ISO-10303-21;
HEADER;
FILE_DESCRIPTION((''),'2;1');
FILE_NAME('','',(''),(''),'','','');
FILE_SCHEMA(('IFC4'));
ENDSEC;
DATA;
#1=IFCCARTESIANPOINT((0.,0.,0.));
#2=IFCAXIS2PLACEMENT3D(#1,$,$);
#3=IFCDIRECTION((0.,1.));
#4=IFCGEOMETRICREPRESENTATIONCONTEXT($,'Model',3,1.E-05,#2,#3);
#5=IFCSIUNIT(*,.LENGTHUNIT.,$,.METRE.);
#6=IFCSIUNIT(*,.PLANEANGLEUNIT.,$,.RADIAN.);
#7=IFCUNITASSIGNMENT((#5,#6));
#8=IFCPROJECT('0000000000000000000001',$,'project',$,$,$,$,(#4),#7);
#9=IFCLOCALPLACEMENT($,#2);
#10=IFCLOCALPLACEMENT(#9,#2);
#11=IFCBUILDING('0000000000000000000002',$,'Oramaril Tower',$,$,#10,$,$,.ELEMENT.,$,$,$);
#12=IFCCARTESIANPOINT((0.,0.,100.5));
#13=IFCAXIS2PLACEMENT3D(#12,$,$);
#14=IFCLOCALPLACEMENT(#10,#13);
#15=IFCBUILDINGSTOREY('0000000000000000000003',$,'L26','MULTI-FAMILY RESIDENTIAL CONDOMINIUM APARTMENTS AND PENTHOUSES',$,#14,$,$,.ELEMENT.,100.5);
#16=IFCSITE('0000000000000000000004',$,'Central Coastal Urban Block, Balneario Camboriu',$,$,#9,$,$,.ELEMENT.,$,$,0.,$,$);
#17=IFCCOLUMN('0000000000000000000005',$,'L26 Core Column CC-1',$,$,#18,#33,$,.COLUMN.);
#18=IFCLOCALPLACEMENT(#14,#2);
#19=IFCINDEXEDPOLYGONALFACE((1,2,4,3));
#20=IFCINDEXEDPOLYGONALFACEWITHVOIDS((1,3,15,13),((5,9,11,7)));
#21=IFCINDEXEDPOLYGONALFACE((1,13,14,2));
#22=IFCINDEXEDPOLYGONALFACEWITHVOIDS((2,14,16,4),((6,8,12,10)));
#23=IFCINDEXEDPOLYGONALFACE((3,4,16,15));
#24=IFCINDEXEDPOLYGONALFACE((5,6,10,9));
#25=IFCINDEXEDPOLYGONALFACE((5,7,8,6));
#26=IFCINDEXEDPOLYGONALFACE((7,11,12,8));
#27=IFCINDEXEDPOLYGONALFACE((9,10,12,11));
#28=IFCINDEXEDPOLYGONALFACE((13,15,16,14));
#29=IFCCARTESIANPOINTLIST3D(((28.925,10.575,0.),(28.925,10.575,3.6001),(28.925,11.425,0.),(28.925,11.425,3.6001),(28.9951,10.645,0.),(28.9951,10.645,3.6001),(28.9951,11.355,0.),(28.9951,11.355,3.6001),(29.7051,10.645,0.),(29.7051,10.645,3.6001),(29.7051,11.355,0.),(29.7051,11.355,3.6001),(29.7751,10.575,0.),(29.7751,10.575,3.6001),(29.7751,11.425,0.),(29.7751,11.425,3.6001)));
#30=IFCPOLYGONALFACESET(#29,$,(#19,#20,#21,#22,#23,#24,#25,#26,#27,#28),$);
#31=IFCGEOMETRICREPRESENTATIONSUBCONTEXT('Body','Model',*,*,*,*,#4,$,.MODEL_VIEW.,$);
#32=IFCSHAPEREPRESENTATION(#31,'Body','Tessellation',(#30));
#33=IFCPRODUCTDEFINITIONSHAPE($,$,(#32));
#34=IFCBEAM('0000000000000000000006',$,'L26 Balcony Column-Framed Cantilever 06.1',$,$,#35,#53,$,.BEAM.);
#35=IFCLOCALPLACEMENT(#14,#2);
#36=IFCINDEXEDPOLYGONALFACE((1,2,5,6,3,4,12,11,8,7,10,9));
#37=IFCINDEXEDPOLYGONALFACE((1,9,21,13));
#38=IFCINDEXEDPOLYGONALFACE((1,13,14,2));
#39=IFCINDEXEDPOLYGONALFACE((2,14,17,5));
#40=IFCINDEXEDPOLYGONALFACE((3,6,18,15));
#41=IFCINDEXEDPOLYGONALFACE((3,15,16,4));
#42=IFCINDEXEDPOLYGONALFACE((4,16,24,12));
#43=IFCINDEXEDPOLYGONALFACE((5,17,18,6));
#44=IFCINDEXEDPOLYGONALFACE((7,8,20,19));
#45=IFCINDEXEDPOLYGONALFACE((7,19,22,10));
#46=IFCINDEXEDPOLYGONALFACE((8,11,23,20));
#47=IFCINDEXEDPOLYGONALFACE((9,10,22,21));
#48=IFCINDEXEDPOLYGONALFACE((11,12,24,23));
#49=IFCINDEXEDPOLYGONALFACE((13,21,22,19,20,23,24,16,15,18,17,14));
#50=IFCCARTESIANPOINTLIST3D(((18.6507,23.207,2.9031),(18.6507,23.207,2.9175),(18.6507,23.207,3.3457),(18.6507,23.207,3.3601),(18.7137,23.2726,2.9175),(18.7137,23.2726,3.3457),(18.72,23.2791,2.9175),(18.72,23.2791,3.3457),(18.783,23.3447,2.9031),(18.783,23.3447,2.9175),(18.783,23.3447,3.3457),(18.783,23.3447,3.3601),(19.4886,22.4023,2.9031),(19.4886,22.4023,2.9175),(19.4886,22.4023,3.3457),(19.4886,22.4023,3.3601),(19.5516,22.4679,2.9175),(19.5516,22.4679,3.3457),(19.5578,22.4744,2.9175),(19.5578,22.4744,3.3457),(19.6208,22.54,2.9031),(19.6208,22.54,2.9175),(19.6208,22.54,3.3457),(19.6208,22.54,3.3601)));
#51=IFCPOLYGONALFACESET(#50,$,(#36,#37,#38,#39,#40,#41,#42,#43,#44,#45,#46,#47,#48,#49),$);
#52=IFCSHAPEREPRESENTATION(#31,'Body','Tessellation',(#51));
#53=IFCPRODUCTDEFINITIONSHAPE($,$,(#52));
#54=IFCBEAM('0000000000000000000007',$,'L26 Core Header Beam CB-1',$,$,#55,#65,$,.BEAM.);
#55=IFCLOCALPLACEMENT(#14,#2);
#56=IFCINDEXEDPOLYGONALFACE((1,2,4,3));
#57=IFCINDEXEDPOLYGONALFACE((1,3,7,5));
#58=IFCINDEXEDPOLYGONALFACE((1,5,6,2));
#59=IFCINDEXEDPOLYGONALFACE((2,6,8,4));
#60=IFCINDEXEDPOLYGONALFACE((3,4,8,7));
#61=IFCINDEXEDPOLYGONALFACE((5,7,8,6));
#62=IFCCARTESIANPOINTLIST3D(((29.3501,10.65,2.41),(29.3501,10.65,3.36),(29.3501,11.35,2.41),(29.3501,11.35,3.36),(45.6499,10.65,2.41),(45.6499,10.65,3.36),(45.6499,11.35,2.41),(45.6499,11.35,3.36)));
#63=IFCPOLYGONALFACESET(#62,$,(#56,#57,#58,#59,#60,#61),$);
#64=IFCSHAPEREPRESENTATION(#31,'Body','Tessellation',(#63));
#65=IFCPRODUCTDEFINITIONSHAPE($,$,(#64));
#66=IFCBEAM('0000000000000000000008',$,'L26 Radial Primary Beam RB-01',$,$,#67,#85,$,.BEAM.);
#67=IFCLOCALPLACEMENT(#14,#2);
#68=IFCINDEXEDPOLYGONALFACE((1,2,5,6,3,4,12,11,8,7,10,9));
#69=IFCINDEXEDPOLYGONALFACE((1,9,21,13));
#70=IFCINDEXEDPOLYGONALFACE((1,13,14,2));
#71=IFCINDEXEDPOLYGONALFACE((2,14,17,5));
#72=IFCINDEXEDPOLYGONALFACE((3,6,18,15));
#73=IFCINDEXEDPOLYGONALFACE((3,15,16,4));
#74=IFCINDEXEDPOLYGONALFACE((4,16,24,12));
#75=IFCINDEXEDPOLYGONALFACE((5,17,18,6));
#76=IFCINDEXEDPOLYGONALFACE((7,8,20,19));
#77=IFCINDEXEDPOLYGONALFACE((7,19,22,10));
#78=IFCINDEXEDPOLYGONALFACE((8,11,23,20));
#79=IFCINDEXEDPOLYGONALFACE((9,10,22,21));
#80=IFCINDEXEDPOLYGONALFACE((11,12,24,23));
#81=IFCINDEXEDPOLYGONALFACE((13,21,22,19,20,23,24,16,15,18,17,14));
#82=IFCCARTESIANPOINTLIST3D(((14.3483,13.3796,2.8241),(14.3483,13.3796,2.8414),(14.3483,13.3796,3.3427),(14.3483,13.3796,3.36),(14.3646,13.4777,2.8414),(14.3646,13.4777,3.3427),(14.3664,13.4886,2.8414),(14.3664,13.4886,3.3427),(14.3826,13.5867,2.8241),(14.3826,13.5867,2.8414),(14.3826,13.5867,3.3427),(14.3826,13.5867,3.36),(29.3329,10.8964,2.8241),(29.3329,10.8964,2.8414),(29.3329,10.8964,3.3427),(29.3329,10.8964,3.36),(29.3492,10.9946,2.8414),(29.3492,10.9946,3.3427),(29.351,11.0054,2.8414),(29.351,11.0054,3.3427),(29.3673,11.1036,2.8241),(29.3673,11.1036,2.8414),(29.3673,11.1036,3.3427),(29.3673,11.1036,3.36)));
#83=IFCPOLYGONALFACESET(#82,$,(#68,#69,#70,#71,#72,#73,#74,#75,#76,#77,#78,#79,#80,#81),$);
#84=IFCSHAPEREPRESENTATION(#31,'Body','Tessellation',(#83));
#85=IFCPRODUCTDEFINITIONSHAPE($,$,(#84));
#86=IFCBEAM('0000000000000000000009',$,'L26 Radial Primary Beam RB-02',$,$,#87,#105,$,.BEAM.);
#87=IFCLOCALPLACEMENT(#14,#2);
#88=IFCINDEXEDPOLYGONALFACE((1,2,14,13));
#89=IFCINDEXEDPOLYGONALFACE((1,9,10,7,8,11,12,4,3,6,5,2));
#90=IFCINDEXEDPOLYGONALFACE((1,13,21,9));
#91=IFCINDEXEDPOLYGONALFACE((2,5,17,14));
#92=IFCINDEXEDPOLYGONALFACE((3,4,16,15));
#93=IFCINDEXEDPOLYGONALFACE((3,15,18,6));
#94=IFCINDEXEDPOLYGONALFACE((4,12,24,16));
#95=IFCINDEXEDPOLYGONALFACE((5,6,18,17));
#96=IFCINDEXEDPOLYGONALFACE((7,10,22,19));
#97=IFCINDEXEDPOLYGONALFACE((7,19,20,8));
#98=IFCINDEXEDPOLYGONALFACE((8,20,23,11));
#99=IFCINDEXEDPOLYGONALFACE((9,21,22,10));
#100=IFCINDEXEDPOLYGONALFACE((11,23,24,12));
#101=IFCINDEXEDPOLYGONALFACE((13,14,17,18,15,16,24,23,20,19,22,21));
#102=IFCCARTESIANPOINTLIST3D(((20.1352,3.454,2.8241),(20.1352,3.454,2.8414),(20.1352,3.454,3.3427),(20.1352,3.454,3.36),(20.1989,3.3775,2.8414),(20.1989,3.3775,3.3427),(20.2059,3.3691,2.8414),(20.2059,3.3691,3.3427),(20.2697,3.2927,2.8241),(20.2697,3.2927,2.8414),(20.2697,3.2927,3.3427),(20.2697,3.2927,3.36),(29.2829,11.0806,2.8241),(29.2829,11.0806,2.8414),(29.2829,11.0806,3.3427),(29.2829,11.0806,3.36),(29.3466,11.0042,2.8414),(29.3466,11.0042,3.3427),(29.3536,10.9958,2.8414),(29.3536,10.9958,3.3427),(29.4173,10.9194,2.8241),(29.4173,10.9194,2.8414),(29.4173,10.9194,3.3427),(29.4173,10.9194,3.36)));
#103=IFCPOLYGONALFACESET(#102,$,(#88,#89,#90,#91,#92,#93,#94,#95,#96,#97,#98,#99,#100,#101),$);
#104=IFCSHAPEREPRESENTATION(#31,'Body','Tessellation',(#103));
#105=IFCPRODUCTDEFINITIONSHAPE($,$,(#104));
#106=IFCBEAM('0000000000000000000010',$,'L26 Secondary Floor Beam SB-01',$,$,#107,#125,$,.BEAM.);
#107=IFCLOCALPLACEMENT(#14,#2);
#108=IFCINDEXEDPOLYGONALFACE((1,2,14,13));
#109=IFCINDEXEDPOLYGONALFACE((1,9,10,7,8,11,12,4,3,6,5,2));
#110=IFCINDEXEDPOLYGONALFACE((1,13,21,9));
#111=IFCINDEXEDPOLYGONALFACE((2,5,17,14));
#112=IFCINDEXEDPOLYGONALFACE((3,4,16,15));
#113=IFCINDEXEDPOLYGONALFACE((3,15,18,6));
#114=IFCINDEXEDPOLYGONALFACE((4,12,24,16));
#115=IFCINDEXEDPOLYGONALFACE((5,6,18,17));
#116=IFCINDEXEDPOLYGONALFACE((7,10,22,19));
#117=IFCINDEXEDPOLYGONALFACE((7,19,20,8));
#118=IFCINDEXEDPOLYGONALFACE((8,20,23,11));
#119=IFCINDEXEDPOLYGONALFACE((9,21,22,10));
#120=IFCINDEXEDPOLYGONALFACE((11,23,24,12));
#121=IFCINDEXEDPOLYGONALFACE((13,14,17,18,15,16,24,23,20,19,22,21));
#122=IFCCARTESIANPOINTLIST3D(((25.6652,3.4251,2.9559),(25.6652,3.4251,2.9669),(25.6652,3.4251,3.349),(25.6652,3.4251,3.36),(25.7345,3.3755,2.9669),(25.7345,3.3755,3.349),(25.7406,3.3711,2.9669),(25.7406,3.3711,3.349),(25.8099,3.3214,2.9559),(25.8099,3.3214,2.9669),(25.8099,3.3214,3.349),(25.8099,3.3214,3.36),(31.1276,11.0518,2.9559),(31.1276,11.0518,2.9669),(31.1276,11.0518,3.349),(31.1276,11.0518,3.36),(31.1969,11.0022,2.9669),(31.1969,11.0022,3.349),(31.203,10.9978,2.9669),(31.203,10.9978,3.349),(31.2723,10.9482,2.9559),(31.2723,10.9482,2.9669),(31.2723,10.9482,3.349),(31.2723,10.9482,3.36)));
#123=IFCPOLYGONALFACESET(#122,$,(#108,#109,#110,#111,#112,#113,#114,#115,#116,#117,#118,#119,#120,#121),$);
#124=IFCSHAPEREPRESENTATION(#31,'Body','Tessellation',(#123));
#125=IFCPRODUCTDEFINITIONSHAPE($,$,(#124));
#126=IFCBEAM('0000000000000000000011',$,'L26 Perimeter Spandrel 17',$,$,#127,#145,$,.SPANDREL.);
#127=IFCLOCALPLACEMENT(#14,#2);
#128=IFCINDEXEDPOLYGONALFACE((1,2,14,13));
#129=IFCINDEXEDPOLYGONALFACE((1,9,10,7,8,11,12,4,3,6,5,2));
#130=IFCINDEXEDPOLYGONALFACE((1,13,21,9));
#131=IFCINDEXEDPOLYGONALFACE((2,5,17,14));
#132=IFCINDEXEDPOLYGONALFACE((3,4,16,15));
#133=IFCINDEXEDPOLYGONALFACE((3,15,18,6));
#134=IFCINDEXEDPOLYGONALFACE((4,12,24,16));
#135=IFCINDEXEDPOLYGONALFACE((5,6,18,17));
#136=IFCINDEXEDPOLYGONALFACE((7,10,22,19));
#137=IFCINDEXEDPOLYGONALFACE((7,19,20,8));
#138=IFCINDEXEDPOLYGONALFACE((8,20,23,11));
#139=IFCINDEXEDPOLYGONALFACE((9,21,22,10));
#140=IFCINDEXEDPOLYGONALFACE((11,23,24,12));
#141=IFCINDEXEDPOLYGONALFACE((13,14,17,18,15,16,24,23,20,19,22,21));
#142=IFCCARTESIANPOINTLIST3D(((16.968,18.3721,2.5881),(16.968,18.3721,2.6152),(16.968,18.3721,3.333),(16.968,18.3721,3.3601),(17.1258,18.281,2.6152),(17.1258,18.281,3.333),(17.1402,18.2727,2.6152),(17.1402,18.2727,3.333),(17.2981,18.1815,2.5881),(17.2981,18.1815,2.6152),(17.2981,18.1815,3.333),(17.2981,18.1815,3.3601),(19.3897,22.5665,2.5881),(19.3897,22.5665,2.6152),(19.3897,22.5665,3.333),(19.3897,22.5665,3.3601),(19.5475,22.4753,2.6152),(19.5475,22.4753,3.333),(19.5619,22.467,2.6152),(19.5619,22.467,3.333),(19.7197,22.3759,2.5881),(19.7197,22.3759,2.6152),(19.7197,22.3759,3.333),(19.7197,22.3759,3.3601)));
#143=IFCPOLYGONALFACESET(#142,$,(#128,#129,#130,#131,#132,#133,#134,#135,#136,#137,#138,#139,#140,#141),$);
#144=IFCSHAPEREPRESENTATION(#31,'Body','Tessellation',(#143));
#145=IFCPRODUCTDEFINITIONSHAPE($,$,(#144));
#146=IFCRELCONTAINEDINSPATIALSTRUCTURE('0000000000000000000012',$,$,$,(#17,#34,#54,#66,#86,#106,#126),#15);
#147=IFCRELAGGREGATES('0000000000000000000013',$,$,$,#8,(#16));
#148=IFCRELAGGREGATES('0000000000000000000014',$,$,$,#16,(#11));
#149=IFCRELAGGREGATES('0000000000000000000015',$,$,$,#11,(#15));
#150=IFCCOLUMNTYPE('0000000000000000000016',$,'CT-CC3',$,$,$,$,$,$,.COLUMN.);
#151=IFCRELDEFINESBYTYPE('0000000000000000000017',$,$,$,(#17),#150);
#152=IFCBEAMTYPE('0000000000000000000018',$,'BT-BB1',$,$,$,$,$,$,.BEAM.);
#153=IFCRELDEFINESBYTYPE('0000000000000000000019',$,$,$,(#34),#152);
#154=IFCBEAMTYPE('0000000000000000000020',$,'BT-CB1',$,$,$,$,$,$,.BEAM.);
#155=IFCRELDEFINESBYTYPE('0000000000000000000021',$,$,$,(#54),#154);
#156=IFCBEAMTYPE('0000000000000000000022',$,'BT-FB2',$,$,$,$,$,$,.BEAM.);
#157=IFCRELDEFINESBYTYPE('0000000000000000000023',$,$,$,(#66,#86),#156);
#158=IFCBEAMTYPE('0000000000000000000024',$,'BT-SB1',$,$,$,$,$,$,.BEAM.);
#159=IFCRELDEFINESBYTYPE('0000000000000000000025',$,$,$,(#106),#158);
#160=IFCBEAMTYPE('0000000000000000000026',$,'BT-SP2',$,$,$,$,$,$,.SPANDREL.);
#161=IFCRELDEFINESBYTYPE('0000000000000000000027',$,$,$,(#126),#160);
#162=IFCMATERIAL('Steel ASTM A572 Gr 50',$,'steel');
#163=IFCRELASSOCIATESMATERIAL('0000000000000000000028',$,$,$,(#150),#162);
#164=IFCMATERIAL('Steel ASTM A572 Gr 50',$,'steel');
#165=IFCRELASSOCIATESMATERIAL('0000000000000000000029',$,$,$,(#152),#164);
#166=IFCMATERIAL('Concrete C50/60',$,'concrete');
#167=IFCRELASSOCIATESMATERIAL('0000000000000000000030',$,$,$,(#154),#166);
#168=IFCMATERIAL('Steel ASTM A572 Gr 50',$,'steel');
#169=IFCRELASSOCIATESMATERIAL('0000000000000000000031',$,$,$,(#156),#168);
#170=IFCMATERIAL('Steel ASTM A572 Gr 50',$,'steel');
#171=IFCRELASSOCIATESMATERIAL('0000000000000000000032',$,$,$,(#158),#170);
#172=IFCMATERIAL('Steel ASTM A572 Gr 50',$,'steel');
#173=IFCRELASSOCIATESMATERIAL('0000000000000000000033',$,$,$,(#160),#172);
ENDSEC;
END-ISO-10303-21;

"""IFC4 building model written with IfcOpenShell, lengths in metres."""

from ifc_helpers import new_model, si_unit, direction, frame, origin, origin_2d, place, context, subcontext, project, spatial, rectangle, hollow_rectangle, i_section, extrude, material, material_profile, profile_set, type_object, element, save


model = new_model("IFC4")

# Units and contexts
model_context = context("Model", 3, precision=1e-05, world=origin(), true_north=direction((0.0, 1.0)))
body_context = subcontext(model_context, "Body", "Model", "MODEL_VIEW")
ifc_project = project(units=[si_unit("LENGTHUNIT", "METRE"), si_unit("PLANEANGLEUNIT", "RADIAN")], contexts=[model_context])

# Site, building, storey
site_placement = place(None, origin())
site = spatial("IfcSite", under=ifc_project, at=site_placement, Name="Central Coastal Urban Block, Balneario Camboriu", CompositionType="ELEMENT", RefElevation=0.0)
building_placement = place(site_placement, origin())
building = spatial("IfcBuilding", under=site, at=building_placement, Name="Oramaril Tower", CompositionType="ELEMENT")
storey_placement = place(building_placement, frame((0.0, 0.0, 100.5)))
storey = spatial("IfcBuildingStorey", under=building, at=storey_placement, Name="L26", Description="MULTI-FAMILY RESIDENTIAL CONDOMINIUM APARTMENTS AND PENTHOUSES", CompositionType="ELEMENT", Elevation=100.5)

# Column
ifc_material_1 = material(Name="Steel ASTM A572 Gr 50", Category="steel")
ifc_material_profile_1 = material_profile(ifc_material_1, hollow_rectangle(XDim=0.8501, YDim=0.8501, WallThickness=0.0701, at=origin_2d()), Name="BOX850X850X70")
ifc_profile_set_1 = profile_set([ifc_material_profile_1], Name="Steel ASTM A572 Gr 50")
column_type = type_object("IfcColumnType", Name="CT-CC3", PredefinedType="COLUMN", material=ifc_profile_set_1)
column_placement = place(storey_placement, frame((29.3501, 11.0, 0.0), z_axis=(0.0, 0.0, 1.0), x_axis=(1.0, 0.0, 0.0)))
element("IfcColumn", 1, at=column_placement, inside=storey, type_object=column_type, Name="L26 Core Column CC-1", PredefinedType="COLUMN", context=body_context, shape_type="SweptSolid", body=[
    extrude(hollow_rectangle(XDim=0.8501, YDim=0.8501, WallThickness=0.0701, at=origin_2d()), origin(), (0.0, 0.0, 1.0), 3.6001),
])

# Beams
ifc_material_2 = material(Name="Steel ASTM A572 Gr 50", Category="steel")
ifc_material_profile_2 = material_profile(ifc_material_2, i_section(OverallWidth=0.1909, OverallDepth=0.457, WebThickness=0.009, FlangeThickness=0.0144, at=origin_2d()), Name="W18X50")
ifc_profile_set_2 = profile_set([ifc_material_profile_2], Name="Steel ASTM A572 Gr 50")
beam_type_1 = type_object("IfcBeamType", Name="BT-BB1", PredefinedType="BEAM", material=ifc_profile_set_2)
beam_1_placement = place(storey_placement, frame((19.5547, 22.4712, 3.1316), z_axis=(-0.721253, 0.692672, 0.0), x_axis=(-0.692672, -0.721253, 0.0)))
element("IfcBeam", 2, at=beam_1_placement, inside=storey, type_object=beam_type_1, Name="L26 Balcony Column-Framed Cantilever 06.1", PredefinedType="BEAM", context=body_context, shape_type="SweptSolid", body=[
    extrude(i_section(OverallWidth=0.1909, OverallDepth=0.457, WebThickness=0.009, FlangeThickness=0.0144, at=origin_2d()), origin(), (0.0, 0.0, 1.0), 1.1616),
])
ifc_material_3 = material(Name="Concrete C50/60", Category="concrete")
ifc_material_profile_3 = material_profile(ifc_material_3, rectangle(XDim=0.7, YDim=0.95, at=origin_2d()), Name="CB700X950")
ifc_profile_set_3 = profile_set([ifc_material_profile_3], Name="Concrete C50/60")
beam_type_2 = type_object("IfcBeamType", Name="BT-CB1", PredefinedType="BEAM", material=ifc_profile_set_3)
beam_2_placement = place(storey_placement, frame((29.3501, 11.0, 2.885), z_axis=(1.0, 0.0, 0.0), x_axis=(0.0, 1.0, 0.0)))
element("IfcBeam", 3, at=beam_2_placement, inside=storey, type_object=beam_type_2, Name="L26 Core Header Beam CB-1", PredefinedType="BEAM", context=body_context, shape_type="SweptSolid", body=[
    extrude(rectangle(XDim=0.7, YDim=0.95, at=origin_2d()), origin(), (0.0, 0.0, 1.0), 16.2998),
])
ifc_material_4 = material(Name="Steel ASTM A572 Gr 50", Category="steel")
ifc_material_profile_4 = material_profile(ifc_material_4, i_section(OverallWidth=0.21, OverallDepth=0.5359, WebThickness=0.011, FlangeThickness=0.0173, at=origin_2d()), Name="W21X68")
ifc_profile_set_4 = profile_set([ifc_material_profile_4], Name="Steel ASTM A572 Gr 50")
beam_type_3 = type_object("IfcBeamType", Name="BT-FB2", PredefinedType="BEAM", material=ifc_profile_set_4)
beam_3_placement = place(storey_placement, frame((29.3501, 11.0, 3.092), z_axis=(-0.986546, 0.163484, 0.0), x_axis=(-0.163484, -0.986546, 0.0)))
element("IfcBeam", 4, at=beam_3_placement, inside=storey, type_object=beam_type_3, Name="L26 Radial Primary Beam RB-01", PredefinedType="BEAM", context=body_context, shape_type="SweptSolid", body=[
    extrude(i_section(OverallWidth=0.21, OverallDepth=0.5359, WebThickness=0.011, FlangeThickness=0.0173, at=origin_2d()), origin(), (0.0, 0.0, 1.0), 15.189),
])
beam_4_placement = place(storey_placement, frame((29.3501, 11.0, 3.092), z_axis=(-0.768072, -0.640364, 0.0), x_axis=(0.640364, -0.768072, 0.0)))
element("IfcBeam", 5, at=beam_4_placement, inside=storey, type_object=beam_type_3, Name="L26 Radial Primary Beam RB-02", PredefinedType="BEAM", context=body_context, shape_type="SweptSolid", body=[
    extrude(i_section(OverallWidth=0.21, OverallDepth=0.5359, WebThickness=0.011, FlangeThickness=0.0173, at=origin_2d()), origin(), (0.0, 0.0, 1.0), 11.9099),
])
ifc_material_5 = material(Name="Steel ASTM A572 Gr 50", Category="steel")
ifc_material_profile_5 = material_profile(ifc_material_5, i_section(OverallWidth=0.178, OverallDepth=0.4041, WebThickness=0.0076, FlangeThickness=0.011, at=origin_2d()), Name="W16X36")
ifc_profile_set_5 = profile_set([ifc_material_profile_5], Name="Steel ASTM A572 Gr 50")
beam_type_4 = type_object("IfcBeamType", Name="BT-SB1", PredefinedType="BEAM", material=ifc_profile_set_5)
beam_5_placement = place(storey_placement, frame((31.2, 11.0, 3.158), z_axis=(-0.582279, -0.812989, 0.0), x_axis=(0.812989, -0.582279, 0.0)))
element("IfcBeam", 6, at=beam_5_placement, inside=storey, type_object=beam_type_4, Name="L26 Secondary Floor Beam SB-01", PredefinedType="BEAM", context=body_context, shape_type="SweptSolid", body=[
    extrude(i_section(OverallWidth=0.178, OverallDepth=0.4041, WebThickness=0.0076, FlangeThickness=0.011, at=origin_2d()), origin(), (0.0, 0.0, 1.0), 9.3811),
])
ifc_material_6 = material(Name="Steel ASTM A572 Gr 50", Category="steel")
ifc_material_profile_6 = material_profile(ifc_material_6, i_section(OverallWidth=0.3811, OverallDepth=0.772, WebThickness=0.0166, FlangeThickness=0.0271, at=origin_2d()), Name="W30X173")
ifc_profile_set_6 = profile_set([ifc_material_profile_6], Name="Steel ASTM A572 Gr 50")
beam_type_5 = type_object("IfcBeamType", Name="BT-SP2", PredefinedType="SPANDREL", material=ifc_profile_set_6)
beam_6_placement = place(storey_placement, frame((19.5547, 22.4712, 2.9741), z_axis=(-0.500005, -0.866023, 0.0), x_axis=(0.866023, -0.500005, 0.0)))
element("IfcBeam", 7, at=beam_6_placement, inside=storey, type_object=beam_type_5, Name="L26 Perimeter Spandrel 17", PredefinedType="SPANDREL", context=body_context, shape_type="SweptSolid", body=[
    extrude(i_section(OverallWidth=0.3811, OverallDepth=0.772, WebThickness=0.0166, FlangeThickness=0.0271, at=origin_2d()), origin(), (0.0, 0.0, 1.0), 4.8433),
])

save(model, "model.ifc")
